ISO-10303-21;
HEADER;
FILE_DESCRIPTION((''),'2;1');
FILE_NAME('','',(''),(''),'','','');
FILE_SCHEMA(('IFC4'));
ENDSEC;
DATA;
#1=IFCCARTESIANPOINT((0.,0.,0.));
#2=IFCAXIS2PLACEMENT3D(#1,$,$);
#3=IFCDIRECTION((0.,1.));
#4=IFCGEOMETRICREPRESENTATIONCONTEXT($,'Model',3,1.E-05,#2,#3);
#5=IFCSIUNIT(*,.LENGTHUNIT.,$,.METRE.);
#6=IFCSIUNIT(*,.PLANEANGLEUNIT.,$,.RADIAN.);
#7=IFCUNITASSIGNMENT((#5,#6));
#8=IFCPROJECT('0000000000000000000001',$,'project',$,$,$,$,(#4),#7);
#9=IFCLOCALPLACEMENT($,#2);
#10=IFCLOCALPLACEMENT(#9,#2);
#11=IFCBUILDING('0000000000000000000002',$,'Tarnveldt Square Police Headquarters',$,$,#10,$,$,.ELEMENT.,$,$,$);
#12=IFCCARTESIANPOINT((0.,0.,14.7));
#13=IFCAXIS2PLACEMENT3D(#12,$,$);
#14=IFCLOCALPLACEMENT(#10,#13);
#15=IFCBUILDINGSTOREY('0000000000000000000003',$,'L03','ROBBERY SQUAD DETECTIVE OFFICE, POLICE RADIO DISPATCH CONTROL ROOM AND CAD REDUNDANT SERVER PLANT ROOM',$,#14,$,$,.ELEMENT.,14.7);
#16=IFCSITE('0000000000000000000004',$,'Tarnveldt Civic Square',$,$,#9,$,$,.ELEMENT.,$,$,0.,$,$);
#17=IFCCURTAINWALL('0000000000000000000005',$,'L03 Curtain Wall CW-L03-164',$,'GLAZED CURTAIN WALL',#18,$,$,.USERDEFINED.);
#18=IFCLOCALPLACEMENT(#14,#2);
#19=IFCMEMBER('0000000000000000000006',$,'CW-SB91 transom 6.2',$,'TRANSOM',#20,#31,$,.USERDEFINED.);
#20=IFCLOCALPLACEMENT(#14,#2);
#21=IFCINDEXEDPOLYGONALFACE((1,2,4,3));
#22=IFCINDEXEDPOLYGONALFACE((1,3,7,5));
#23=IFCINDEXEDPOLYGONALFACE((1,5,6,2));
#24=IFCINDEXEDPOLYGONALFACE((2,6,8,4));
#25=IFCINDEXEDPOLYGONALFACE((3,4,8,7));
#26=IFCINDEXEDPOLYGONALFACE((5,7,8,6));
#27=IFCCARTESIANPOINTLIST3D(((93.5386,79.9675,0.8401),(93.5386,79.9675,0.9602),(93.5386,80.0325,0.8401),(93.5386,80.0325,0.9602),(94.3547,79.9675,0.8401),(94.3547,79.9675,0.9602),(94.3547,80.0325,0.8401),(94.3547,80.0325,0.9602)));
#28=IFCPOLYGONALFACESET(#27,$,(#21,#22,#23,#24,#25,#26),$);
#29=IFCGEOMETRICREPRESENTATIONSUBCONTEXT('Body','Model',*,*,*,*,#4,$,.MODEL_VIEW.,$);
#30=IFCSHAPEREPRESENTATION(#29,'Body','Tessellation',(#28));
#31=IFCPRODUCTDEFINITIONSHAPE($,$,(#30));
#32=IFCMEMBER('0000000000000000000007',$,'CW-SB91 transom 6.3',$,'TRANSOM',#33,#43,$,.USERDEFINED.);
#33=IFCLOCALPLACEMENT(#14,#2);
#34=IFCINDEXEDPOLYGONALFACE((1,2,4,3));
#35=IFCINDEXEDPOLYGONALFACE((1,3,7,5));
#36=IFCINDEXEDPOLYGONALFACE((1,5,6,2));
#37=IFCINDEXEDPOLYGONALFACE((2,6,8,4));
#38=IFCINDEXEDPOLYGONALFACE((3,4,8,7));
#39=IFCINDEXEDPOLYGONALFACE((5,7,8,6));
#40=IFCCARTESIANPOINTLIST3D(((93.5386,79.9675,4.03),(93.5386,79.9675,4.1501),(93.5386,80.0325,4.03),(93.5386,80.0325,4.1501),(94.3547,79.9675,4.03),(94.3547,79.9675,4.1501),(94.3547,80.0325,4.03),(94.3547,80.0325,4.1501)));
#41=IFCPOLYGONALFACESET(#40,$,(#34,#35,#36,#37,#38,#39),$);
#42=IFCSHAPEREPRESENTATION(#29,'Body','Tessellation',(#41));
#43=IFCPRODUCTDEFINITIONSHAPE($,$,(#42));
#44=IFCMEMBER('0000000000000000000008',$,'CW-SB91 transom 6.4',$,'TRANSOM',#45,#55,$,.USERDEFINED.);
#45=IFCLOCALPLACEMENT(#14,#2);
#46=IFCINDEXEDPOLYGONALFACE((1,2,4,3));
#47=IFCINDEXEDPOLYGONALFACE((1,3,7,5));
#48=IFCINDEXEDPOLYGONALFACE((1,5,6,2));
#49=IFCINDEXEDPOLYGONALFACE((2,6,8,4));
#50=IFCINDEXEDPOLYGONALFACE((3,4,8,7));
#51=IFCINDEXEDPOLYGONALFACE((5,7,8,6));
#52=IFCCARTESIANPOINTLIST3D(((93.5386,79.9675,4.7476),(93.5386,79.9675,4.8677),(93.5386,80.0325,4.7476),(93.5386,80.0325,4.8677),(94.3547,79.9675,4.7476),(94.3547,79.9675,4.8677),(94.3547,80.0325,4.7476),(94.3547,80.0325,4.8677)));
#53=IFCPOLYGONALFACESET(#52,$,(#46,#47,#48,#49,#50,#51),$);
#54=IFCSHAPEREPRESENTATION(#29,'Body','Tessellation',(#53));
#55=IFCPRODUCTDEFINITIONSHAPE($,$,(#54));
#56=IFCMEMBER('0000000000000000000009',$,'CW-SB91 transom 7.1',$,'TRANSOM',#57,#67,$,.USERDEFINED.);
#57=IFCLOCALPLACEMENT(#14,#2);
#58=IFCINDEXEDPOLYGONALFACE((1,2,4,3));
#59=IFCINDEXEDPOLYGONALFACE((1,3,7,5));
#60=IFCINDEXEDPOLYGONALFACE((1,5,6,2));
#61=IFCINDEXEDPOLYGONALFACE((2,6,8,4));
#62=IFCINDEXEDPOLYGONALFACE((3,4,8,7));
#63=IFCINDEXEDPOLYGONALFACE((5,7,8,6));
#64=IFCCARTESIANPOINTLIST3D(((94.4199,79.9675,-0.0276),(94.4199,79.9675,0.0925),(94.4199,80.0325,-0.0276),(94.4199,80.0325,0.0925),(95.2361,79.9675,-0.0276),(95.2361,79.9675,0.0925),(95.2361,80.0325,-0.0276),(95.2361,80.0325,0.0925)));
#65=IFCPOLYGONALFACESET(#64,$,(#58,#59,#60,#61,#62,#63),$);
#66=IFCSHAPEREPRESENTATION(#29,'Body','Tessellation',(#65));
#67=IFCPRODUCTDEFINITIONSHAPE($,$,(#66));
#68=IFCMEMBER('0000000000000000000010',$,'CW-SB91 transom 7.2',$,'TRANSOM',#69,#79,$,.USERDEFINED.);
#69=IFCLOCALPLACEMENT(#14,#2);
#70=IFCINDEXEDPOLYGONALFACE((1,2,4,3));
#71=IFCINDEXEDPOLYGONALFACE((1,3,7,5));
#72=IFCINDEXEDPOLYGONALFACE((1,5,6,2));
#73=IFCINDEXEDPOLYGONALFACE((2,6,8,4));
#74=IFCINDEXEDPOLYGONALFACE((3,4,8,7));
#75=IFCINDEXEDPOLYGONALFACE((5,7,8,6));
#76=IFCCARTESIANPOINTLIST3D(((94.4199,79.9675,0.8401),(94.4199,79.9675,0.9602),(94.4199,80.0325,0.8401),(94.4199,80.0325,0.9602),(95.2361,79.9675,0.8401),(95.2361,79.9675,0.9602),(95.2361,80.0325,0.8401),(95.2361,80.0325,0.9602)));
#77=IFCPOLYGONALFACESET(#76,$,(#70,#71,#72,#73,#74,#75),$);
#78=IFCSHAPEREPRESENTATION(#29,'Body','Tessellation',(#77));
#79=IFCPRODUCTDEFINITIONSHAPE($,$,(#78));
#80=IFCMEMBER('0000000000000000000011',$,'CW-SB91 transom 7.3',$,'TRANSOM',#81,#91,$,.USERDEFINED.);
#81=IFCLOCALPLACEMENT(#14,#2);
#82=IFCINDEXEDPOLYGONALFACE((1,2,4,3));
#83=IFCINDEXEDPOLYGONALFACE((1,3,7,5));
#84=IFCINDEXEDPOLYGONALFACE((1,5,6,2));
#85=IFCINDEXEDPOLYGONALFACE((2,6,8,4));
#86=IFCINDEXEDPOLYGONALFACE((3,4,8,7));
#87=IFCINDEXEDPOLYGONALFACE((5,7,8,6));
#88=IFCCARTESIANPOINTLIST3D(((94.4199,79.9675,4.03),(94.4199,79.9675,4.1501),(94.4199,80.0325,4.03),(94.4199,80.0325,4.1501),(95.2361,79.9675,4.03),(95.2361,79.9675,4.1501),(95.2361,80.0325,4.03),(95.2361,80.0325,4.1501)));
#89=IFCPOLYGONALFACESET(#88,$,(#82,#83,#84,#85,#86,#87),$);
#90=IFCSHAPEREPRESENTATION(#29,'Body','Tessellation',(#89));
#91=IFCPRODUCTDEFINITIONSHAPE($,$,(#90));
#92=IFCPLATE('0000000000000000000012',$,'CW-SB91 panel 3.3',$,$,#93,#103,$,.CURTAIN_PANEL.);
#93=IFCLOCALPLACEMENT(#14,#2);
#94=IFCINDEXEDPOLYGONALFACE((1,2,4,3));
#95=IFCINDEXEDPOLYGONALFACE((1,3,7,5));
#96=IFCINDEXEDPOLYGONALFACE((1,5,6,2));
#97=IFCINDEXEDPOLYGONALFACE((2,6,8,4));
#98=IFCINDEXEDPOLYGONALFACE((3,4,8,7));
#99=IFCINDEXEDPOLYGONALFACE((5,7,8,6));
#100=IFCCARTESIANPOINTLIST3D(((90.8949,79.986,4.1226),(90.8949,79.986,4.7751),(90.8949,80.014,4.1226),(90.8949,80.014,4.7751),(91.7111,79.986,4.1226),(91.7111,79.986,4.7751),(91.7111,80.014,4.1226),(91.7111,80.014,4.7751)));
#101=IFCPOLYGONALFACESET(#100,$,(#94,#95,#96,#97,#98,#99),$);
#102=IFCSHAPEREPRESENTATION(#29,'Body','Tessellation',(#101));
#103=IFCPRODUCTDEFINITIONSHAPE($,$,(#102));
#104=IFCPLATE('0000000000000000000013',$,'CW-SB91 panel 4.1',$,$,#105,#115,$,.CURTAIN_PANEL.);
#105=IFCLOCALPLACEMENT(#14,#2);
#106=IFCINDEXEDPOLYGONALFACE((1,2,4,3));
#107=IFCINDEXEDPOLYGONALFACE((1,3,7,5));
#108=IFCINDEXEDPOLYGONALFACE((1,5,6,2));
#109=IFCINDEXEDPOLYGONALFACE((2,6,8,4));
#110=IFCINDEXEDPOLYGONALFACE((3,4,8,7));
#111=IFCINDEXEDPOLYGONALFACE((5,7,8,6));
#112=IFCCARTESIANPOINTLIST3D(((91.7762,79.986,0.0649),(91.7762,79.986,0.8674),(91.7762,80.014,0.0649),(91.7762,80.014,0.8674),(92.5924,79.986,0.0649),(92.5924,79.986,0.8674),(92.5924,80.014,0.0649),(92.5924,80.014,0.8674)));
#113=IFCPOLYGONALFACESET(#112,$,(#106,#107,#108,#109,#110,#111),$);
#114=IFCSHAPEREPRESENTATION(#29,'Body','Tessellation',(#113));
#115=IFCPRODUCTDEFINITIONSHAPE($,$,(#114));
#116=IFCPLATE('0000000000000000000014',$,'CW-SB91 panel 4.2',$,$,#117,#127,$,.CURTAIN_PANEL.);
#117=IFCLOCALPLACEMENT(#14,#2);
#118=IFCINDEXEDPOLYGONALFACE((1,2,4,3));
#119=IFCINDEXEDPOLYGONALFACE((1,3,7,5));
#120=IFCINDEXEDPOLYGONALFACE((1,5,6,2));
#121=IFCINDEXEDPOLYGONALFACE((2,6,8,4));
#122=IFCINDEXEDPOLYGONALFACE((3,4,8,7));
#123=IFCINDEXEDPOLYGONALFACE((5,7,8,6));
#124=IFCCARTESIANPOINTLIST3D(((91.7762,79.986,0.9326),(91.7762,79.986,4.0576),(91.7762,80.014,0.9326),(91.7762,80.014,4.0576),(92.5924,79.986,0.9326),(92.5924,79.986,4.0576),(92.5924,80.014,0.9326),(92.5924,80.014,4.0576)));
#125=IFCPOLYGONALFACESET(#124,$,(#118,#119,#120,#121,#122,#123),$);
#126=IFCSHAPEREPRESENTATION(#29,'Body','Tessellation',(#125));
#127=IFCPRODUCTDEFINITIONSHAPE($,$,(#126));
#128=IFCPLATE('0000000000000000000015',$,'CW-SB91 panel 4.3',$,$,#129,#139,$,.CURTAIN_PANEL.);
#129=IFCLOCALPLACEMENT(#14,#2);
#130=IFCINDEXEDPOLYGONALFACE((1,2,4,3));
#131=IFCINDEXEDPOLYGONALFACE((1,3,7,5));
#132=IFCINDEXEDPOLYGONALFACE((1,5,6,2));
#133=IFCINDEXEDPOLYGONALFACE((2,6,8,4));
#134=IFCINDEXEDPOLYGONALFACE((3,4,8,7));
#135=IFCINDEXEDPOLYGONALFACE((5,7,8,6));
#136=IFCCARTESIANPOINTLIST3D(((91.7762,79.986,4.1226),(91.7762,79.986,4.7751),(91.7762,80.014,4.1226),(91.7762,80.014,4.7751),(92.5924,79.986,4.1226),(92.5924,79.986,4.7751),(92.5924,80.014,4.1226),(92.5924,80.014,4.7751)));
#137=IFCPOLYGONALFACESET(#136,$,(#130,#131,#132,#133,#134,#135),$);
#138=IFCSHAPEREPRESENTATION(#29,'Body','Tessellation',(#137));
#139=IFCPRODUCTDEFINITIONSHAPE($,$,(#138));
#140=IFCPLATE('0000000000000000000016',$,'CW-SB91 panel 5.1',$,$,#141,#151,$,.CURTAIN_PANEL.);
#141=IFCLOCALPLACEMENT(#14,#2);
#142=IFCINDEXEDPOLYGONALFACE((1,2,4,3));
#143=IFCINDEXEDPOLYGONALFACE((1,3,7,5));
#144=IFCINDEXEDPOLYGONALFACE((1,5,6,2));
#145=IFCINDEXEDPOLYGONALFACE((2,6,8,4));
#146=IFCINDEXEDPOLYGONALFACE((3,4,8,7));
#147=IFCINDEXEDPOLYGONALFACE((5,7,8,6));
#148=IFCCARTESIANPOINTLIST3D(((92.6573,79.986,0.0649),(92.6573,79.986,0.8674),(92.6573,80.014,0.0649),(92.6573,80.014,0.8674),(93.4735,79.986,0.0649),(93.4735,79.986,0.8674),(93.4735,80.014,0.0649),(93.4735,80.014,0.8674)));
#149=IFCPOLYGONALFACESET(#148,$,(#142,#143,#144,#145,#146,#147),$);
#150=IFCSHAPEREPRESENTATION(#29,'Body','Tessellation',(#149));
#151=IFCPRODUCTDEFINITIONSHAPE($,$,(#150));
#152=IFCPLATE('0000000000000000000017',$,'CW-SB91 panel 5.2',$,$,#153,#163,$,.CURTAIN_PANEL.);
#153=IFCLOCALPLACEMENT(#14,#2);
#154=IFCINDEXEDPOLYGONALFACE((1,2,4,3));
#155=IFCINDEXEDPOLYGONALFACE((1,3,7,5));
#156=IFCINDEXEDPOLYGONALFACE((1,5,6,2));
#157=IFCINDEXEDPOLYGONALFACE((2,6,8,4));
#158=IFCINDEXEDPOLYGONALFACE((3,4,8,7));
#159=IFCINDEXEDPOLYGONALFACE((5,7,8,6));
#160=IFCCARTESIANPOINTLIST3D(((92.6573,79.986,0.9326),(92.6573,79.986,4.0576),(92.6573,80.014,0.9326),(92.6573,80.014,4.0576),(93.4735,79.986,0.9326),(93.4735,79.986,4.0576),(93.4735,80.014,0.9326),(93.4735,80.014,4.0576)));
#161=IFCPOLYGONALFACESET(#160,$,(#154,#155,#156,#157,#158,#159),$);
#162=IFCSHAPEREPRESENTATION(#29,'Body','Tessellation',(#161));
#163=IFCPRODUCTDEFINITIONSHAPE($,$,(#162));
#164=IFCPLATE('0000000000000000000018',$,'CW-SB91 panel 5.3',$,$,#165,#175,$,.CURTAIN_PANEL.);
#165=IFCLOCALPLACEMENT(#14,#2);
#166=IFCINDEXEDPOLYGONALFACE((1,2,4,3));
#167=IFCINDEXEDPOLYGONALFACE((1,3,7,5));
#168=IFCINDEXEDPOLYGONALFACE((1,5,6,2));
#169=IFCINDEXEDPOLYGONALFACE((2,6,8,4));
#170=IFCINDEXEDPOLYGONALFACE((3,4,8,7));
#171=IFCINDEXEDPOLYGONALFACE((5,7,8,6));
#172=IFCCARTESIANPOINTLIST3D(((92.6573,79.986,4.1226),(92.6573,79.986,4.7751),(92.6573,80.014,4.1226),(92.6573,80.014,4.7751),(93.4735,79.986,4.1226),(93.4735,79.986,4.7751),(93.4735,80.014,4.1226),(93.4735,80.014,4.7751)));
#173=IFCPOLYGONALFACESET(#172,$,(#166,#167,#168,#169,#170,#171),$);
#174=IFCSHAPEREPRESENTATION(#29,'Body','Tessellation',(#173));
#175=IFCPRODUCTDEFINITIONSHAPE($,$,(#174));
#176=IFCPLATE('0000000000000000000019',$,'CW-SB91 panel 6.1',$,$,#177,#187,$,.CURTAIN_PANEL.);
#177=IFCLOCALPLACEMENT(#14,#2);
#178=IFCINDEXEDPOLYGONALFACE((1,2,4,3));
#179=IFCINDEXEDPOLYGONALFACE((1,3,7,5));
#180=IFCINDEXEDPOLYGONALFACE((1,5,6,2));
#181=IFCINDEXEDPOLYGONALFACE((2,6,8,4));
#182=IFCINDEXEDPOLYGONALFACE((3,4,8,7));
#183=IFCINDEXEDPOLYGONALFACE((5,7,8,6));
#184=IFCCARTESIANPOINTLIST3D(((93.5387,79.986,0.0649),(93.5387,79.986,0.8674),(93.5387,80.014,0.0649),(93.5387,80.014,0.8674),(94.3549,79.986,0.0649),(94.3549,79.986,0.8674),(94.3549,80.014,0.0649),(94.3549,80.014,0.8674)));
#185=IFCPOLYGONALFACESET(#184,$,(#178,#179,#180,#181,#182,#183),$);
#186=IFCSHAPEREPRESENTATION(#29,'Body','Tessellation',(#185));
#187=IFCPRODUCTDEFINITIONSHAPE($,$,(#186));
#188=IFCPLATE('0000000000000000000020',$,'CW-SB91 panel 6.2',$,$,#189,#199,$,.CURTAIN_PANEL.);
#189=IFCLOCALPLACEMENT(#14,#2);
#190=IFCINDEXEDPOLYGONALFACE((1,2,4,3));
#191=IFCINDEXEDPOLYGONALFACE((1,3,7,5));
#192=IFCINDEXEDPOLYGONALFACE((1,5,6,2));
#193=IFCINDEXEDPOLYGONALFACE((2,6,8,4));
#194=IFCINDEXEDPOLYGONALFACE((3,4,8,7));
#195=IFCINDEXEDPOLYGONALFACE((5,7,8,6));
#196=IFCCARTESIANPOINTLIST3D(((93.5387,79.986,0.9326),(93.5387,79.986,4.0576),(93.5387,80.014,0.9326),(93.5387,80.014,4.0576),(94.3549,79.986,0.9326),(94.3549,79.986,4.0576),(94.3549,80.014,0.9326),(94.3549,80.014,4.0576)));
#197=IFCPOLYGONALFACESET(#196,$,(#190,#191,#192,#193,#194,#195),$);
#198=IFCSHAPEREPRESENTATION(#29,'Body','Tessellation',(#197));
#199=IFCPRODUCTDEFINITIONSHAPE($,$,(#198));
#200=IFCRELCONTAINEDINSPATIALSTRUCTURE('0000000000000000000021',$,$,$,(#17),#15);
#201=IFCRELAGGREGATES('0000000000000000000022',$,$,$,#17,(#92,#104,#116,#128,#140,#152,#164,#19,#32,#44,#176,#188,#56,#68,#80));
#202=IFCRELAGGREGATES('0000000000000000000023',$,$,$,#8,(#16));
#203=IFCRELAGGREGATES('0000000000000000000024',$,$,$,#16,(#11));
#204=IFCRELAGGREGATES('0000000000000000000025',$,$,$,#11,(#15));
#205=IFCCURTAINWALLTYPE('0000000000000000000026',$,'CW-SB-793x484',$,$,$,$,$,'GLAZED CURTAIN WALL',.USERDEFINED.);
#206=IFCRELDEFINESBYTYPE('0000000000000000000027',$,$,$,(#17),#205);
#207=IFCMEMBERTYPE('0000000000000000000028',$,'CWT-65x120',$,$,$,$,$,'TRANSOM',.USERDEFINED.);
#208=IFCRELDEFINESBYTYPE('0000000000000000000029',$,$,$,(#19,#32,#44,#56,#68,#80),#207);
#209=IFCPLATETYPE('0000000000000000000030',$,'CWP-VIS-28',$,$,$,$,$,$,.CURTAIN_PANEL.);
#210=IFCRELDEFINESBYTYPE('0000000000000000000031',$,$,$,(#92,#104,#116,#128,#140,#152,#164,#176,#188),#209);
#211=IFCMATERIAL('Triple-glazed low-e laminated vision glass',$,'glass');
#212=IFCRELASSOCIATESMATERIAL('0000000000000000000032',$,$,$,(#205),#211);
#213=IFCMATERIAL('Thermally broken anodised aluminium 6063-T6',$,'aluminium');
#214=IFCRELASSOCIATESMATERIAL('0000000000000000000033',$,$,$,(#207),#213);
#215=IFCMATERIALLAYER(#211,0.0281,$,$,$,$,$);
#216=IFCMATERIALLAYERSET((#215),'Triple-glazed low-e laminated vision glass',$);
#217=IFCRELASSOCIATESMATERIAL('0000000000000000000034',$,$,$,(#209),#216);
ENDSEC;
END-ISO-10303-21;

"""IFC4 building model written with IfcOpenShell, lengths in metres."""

from ifc_helpers import new_model, si_unit, direction, frame, origin, origin_2d, place, context, subcontext, project, spatial, rectangle, extrude, material, layer, layer_set, material_profile, profile_set, type_object, element, aggregate, save


model = new_model("IFC4")

# Units and contexts
model_context = context("Model", 3, precision=1e-05, world=origin(), true_north=direction((0.0, 1.0)))
body_context = subcontext(model_context, "Body", "Model", "MODEL_VIEW")
ifc_project = project(units=[si_unit("LENGTHUNIT", "METRE"), si_unit("PLANEANGLEUNIT", "RADIAN")], contexts=[model_context])

# Site, building, storey
site_placement = place(None, origin())
site = spatial("IfcSite", under=ifc_project, at=site_placement, Name="Tarnveldt Civic Square", CompositionType="ELEMENT", RefElevation=0.0)
building_placement = place(site_placement, origin())
building = spatial("IfcBuilding", under=site, at=building_placement, Name="Tarnveldt Square Police Headquarters", CompositionType="ELEMENT")
storey_placement = place(building_placement, frame((0.0, 0.0, 14.7)))
storey = spatial("IfcBuildingStorey", under=building, at=storey_placement, Name="L03", Description="ROBBERY SQUAD DETECTIVE OFFICE, POLICE RADIO DISPATCH CONTROL ROOM AND CAD REDUNDANT SERVER PLANT ROOM", CompositionType="ELEMENT", Elevation=14.7)

# Curtain wall
ifc_material_1 = material(Name="Triple-glazed low-e laminated vision glass", Category="glass")
curtain_wall_type_1 = type_object("IfcCurtainWallType", Name="CW-SB-793x484", ElementType="GLAZED CURTAIN WALL", PredefinedType="USERDEFINED", material=ifc_material_1)
curtain_wall_1_placement = place(storey_placement, origin())
curtain_wall_1 = element("IfcCurtainWall", 1, at=curtain_wall_1_placement, inside=storey, type_object=curtain_wall_type_1, Name="L03 Curtain Wall CW-L03-164", ObjectType="GLAZED CURTAIN WALL", PredefinedType="USERDEFINED")
ifc_material_2 = material(Name="Thermally broken anodised aluminium 6063-T6", Category="aluminium")

# Members
ifc_material_profile_1 = material_profile(ifc_material_2, rectangle(XDim=0.0649, YDim=0.1201, at=origin_2d()), Name="CW-T65x120")
ifc_profile_set_1 = profile_set([ifc_material_profile_1], Name="Thermally broken anodised aluminium 6063-T6")
member_type_1 = type_object("IfcMemberType", Name="CWT-65x120", ElementType="TRANSOM", PredefinedType="USERDEFINED", material=ifc_profile_set_1)
member_1_placement = place(storey_placement, frame((93.5386, 80.0, 0.9001), z_axis=(1.0, 0.0, 0.0), x_axis=(0.0, 1.0, 0.0)))
member_1 = element("IfcMember", 2, at=member_1_placement, type_object=member_type_1, Name="CW-SB91 transom 6.2", ObjectType="TRANSOM", PredefinedType="USERDEFINED", context=body_context, shape_type="SweptSolid", body=[
    extrude(rectangle(XDim=0.0649, YDim=0.1201, at=origin_2d()), origin(), (0.0, 0.0, 1.0), 0.8162),
])
member_2_placement = place(storey_placement, frame((93.5386, 80.0, 4.0901), z_axis=(1.0, 0.0, 0.0), x_axis=(0.0, 1.0, 0.0)))
member_2 = element("IfcMember", 3, at=member_2_placement, type_object=member_type_1, Name="CW-SB91 transom 6.3", ObjectType="TRANSOM", PredefinedType="USERDEFINED", context=body_context, shape_type="SweptSolid", body=[
    extrude(rectangle(XDim=0.0649, YDim=0.1201, at=origin_2d()), origin(), (0.0, 0.0, 1.0), 0.8162),
])
member_3_placement = place(storey_placement, frame((93.5386, 80.0, 4.8076), z_axis=(1.0, 0.0, 0.0), x_axis=(0.0, 1.0, 0.0)))
member_3 = element("IfcMember", 4, at=member_3_placement, type_object=member_type_1, Name="CW-SB91 transom 6.4", ObjectType="TRANSOM", PredefinedType="USERDEFINED", context=body_context, shape_type="SweptSolid", body=[
    extrude(rectangle(XDim=0.0649, YDim=0.1201, at=origin_2d()), origin(), (0.0, 0.0, 1.0), 0.8162),
])
member_4_placement = place(storey_placement, frame((94.4199, 80.0, 0.0325), z_axis=(1.0, 0.0, 0.0), x_axis=(0.0, 1.0, 0.0)))
member_4 = element("IfcMember", 5, at=member_4_placement, type_object=member_type_1, Name="CW-SB91 transom 7.1", ObjectType="TRANSOM", PredefinedType="USERDEFINED", context=body_context, shape_type="SweptSolid", body=[
    extrude(rectangle(XDim=0.0649, YDim=0.1201, at=origin_2d()), origin(), (0.0, 0.0, 1.0), 0.8162),
])
member_5_placement = place(storey_placement, frame((94.4199, 80.0, 0.9001), z_axis=(1.0, 0.0, 0.0), x_axis=(0.0, 1.0, 0.0)))
member_5 = element("IfcMember", 6, at=member_5_placement, type_object=member_type_1, Name="CW-SB91 transom 7.2", ObjectType="TRANSOM", PredefinedType="USERDEFINED", context=body_context, shape_type="SweptSolid", body=[
    extrude(rectangle(XDim=0.0649, YDim=0.1201, at=origin_2d()), origin(), (0.0, 0.0, 1.0), 0.8162),
])
member_6_placement = place(storey_placement, frame((94.4199, 80.0, 4.0901), z_axis=(1.0, 0.0, 0.0), x_axis=(0.0, 1.0, 0.0)))
member_6 = element("IfcMember", 7, at=member_6_placement, type_object=member_type_1, Name="CW-SB91 transom 7.3", ObjectType="TRANSOM", PredefinedType="USERDEFINED", context=body_context, shape_type="SweptSolid", body=[
    extrude(rectangle(XDim=0.0649, YDim=0.1201, at=origin_2d()), origin(), (0.0, 0.0, 1.0), 0.8162),
])

# Plates
ifc_layer = layer(ifc_material_1, 0.0281)
ifc_layer_set = layer_set([ifc_layer], Name="Triple-glazed low-e laminated vision glass")
plate_type = type_object("IfcPlateType", Name="CWP-VIS-28", PredefinedType="CURTAIN_PANEL", material=ifc_layer_set)
plate_1_placement = place(storey_placement, frame((91.303, 80.0, 4.1226), z_axis=(0.0, 0.0, 1.0), x_axis=(1.0, 0.0, 0.0)))
plate_1 = element("IfcPlate", 8, at=plate_1_placement, type_object=plate_type, Name="CW-SB91 panel 3.3", PredefinedType="CURTAIN_PANEL", context=body_context, shape_type="SweptSolid", body=[
    extrude(rectangle(XDim=0.8162, YDim=0.0281, at=origin_2d()), origin(), (0.0, 0.0, 1.0), 0.6526),
])
plate_2_placement = place(storey_placement, frame((92.1843, 80.0, 0.0649), z_axis=(0.0, 0.0, 1.0), x_axis=(1.0, 0.0, 0.0)))
plate_2 = element("IfcPlate", 9, at=plate_2_placement, type_object=plate_type, Name="CW-SB91 panel 4.1", PredefinedType="CURTAIN_PANEL", context=body_context, shape_type="SweptSolid", body=[
    extrude(rectangle(XDim=0.8162, YDim=0.0281, at=origin_2d()), origin(), (0.0, 0.0, 1.0), 0.8025),
])
plate_3_placement = place(storey_placement, frame((92.1843, 80.0, 0.9326), z_axis=(0.0, 0.0, 1.0), x_axis=(1.0, 0.0, 0.0)))
plate_3 = element("IfcPlate", 10, at=plate_3_placement, type_object=plate_type, Name="CW-SB91 panel 4.2", PredefinedType="CURTAIN_PANEL", context=body_context, shape_type="SweptSolid", body=[
    extrude(rectangle(XDim=0.8162, YDim=0.0281, at=origin_2d()), origin(), (0.0, 0.0, 1.0), 3.125),
])
plate_4_placement = place(storey_placement, frame((92.1843, 80.0, 4.1226), z_axis=(0.0, 0.0, 1.0), x_axis=(1.0, 0.0, 0.0)))
plate_4 = element("IfcPlate", 11, at=plate_4_placement, type_object=plate_type, Name="CW-SB91 panel 4.3", PredefinedType="CURTAIN_PANEL", context=body_context, shape_type="SweptSolid", body=[
    extrude(rectangle(XDim=0.8162, YDim=0.0281, at=origin_2d()), origin(), (0.0, 0.0, 1.0), 0.6526),
])
plate_5_placement = place(storey_placement, frame((93.0654, 80.0, 0.0649), z_axis=(0.0, 0.0, 1.0), x_axis=(1.0, 0.0, 0.0)))
plate_5 = element("IfcPlate", 12, at=plate_5_placement, type_object=plate_type, Name="CW-SB91 panel 5.1", PredefinedType="CURTAIN_PANEL", context=body_context, shape_type="SweptSolid", body=[
    extrude(rectangle(XDim=0.8162, YDim=0.0281, at=origin_2d()), origin(), (0.0, 0.0, 1.0), 0.8025),
])
plate_6_placement = place(storey_placement, frame((93.0654, 80.0, 0.9326), z_axis=(0.0, 0.0, 1.0), x_axis=(1.0, 0.0, 0.0)))
plate_6 = element("IfcPlate", 13, at=plate_6_placement, type_object=plate_type, Name="CW-SB91 panel 5.2", PredefinedType="CURTAIN_PANEL", context=body_context, shape_type="SweptSolid", body=[
    extrude(rectangle(XDim=0.8162, YDim=0.0281, at=origin_2d()), origin(), (0.0, 0.0, 1.0), 3.125),
])
plate_7_placement = place(storey_placement, frame((93.0654, 80.0, 4.1226), z_axis=(0.0, 0.0, 1.0), x_axis=(1.0, 0.0, 0.0)))
plate_7 = element("IfcPlate", 14, at=plate_7_placement, type_object=plate_type, Name="CW-SB91 panel 5.3", PredefinedType="CURTAIN_PANEL", context=body_context, shape_type="SweptSolid", body=[
    extrude(rectangle(XDim=0.8162, YDim=0.0281, at=origin_2d()), origin(), (0.0, 0.0, 1.0), 0.6526),
])
plate_8_placement = place(storey_placement, frame((93.9468, 80.0, 0.0649), z_axis=(0.0, 0.0, 1.0), x_axis=(1.0, 0.0, 0.0)))
plate_8 = element("IfcPlate", 15, at=plate_8_placement, type_object=plate_type, Name="CW-SB91 panel 6.1", PredefinedType="CURTAIN_PANEL", context=body_context, shape_type="SweptSolid", body=[
    extrude(rectangle(XDim=0.8162, YDim=0.0281, at=origin_2d()), origin(), (0.0, 0.0, 1.0), 0.8025),
])
plate_9_placement = place(storey_placement, frame((93.9468, 80.0, 0.9326), z_axis=(0.0, 0.0, 1.0), x_axis=(1.0, 0.0, 0.0)))
plate_9 = element("IfcPlate", 16, at=plate_9_placement, type_object=plate_type, Name="CW-SB91 panel 6.2", PredefinedType="CURTAIN_PANEL", context=body_context, shape_type="SweptSolid", body=[
    extrude(rectangle(XDim=0.8162, YDim=0.0281, at=origin_2d()), origin(), (0.0, 0.0, 1.0), 3.125),
])
aggregate(curtain_wall_1, [plate_1, plate_2, plate_3, plate_4, plate_5, plate_6, plate_7, member_1, member_2, member_3, plate_8, plate_9, member_4, member_5, member_6])

save(model, "model.ifc")
